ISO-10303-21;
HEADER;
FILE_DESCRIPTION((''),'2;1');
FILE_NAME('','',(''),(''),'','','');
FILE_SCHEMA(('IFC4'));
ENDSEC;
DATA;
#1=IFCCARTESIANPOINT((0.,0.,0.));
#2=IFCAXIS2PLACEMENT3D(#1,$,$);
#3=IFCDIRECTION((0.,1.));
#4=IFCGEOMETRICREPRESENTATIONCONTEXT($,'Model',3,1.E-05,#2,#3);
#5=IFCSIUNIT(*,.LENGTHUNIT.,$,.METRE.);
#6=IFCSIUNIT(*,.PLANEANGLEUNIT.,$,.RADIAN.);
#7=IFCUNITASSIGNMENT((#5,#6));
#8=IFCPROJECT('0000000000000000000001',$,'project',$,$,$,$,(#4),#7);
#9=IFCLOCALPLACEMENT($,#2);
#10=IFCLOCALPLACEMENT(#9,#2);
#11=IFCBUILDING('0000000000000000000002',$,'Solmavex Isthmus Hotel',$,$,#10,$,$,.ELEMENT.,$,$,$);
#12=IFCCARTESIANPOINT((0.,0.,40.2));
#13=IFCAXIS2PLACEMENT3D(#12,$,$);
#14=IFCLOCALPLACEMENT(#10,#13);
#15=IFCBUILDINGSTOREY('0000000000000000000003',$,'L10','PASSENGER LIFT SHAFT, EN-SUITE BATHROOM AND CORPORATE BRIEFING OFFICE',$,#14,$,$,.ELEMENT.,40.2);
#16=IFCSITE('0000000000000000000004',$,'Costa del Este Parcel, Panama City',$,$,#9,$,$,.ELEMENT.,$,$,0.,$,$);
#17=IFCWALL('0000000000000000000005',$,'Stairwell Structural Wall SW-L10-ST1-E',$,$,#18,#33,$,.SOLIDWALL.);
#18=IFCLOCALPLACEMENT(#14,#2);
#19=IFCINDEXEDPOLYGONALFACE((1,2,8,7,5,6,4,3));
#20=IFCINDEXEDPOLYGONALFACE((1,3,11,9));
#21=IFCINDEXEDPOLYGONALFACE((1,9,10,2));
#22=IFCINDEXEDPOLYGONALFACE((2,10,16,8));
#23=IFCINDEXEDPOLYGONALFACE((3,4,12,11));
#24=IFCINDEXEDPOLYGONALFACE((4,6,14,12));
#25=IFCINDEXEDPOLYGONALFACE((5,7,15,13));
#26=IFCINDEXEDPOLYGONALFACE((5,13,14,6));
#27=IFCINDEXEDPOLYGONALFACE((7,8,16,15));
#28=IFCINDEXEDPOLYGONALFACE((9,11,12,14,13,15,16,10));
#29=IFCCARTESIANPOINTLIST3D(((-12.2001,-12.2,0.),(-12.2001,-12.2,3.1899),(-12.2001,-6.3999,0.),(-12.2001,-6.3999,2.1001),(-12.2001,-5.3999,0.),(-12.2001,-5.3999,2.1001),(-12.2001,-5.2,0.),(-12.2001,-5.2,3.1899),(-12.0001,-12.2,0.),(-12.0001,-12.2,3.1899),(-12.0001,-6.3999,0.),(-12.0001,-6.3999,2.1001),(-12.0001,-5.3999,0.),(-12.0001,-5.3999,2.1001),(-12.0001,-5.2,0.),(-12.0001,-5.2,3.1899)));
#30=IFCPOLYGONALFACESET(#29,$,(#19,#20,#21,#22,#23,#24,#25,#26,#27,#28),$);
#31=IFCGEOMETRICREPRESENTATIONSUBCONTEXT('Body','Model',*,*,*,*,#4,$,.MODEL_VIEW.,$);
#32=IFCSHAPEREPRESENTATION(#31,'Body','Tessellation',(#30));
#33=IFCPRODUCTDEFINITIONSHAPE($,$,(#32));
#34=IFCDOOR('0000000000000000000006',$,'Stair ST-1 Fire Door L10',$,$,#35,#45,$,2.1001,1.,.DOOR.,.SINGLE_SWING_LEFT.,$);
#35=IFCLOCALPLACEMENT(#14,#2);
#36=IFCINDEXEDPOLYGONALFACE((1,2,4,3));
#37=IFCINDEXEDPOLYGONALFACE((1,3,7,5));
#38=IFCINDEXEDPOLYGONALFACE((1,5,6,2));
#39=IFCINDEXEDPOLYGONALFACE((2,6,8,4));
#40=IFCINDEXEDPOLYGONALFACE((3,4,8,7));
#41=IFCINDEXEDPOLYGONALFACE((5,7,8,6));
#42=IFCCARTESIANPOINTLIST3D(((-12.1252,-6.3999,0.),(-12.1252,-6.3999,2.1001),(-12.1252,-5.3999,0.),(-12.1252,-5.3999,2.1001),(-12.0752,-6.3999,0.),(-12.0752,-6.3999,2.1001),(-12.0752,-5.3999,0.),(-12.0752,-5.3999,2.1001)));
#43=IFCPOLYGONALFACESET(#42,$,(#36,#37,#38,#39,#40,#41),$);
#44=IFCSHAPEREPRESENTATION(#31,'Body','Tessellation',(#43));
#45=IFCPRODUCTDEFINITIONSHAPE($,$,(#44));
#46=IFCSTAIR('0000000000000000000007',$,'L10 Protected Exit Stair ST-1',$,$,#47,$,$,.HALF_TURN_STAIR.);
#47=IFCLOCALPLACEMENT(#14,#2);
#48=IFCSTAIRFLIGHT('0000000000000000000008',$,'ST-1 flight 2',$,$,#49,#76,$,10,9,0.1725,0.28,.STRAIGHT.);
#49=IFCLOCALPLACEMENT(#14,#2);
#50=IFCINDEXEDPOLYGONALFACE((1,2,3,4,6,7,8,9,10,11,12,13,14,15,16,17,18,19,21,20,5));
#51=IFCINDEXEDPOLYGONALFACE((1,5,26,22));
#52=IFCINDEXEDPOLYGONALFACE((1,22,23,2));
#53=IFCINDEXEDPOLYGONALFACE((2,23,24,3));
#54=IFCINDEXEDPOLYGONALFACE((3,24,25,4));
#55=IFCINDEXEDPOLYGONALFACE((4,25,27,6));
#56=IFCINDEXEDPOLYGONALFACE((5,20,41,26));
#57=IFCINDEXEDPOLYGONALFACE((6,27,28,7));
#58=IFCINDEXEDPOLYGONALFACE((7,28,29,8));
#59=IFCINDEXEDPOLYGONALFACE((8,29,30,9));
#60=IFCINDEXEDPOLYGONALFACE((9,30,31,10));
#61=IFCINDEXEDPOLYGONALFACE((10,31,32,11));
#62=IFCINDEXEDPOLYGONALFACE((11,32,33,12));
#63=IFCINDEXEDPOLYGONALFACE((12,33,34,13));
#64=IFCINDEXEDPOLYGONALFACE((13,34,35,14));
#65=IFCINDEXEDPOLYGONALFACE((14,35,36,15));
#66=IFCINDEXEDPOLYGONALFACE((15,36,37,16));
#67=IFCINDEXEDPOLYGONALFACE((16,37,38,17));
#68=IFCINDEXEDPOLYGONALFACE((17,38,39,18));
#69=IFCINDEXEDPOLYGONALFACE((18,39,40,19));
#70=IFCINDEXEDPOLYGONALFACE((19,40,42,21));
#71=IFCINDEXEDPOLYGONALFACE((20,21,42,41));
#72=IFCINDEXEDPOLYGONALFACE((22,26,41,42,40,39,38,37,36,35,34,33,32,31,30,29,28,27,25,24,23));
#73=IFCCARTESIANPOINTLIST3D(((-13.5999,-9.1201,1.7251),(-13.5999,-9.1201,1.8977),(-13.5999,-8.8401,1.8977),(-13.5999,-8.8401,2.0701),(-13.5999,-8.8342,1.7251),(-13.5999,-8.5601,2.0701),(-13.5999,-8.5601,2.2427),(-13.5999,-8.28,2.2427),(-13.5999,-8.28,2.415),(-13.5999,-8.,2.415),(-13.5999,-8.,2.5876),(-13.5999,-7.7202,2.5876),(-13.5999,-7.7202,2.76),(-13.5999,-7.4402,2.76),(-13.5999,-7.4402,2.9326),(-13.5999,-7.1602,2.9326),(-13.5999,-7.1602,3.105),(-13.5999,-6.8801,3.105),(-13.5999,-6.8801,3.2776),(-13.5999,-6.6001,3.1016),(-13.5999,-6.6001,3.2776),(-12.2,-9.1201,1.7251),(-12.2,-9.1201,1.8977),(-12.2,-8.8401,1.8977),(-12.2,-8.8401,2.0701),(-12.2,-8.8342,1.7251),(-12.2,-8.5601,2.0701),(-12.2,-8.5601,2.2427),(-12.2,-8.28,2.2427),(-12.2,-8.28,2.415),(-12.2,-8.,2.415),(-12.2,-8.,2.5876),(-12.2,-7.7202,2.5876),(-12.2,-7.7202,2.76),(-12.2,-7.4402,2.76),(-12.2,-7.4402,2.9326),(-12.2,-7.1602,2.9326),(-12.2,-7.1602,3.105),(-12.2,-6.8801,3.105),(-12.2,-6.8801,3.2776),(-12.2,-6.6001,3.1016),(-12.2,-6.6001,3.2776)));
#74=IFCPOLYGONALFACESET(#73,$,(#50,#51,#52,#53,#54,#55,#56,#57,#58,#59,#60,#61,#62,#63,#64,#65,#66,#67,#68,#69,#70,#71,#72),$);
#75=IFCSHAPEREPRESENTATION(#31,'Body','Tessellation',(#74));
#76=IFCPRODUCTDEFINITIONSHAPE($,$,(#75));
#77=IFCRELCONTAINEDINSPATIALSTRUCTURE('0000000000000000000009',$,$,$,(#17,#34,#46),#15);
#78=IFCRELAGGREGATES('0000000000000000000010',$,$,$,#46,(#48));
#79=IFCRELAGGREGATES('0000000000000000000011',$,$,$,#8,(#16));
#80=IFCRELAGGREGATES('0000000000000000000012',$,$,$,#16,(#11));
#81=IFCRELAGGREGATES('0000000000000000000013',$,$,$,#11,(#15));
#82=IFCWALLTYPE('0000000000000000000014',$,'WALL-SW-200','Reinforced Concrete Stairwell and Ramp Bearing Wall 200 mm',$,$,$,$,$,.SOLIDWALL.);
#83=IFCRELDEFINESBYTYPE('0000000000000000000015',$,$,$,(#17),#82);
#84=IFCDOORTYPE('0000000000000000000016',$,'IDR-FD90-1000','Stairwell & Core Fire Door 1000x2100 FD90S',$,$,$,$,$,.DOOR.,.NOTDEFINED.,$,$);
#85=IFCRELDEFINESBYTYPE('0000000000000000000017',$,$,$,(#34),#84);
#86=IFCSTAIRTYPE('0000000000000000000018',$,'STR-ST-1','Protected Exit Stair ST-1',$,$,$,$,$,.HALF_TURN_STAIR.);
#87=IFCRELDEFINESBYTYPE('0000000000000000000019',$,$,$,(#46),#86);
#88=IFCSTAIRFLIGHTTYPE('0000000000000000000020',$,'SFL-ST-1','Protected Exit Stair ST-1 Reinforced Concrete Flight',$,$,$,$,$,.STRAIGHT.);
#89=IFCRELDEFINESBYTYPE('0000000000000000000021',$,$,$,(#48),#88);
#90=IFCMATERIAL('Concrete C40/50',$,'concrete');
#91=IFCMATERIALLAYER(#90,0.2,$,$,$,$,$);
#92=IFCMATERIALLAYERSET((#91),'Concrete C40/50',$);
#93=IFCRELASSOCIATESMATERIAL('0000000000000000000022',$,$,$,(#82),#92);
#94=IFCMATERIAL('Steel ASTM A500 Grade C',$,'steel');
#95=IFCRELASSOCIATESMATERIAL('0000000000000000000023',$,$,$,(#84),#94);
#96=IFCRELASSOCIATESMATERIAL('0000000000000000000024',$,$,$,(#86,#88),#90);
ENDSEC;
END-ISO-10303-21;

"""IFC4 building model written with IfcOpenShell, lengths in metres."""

from ifc_helpers import new_model, si_unit, direction, frame, frame_2d, origin, place, context, subcontext, project, spatial, polyline, rectangle, outline, extrude, material, layer, layer_set, type_object, element, fill, aggregate, save


model = new_model("IFC4")

# Units and contexts
model_context = context("Model", 3, precision=1e-05, world=origin(), true_north=direction((0.0, 1.0)))
body_context = subcontext(model_context, "Body", "Model", "MODEL_VIEW")
ifc_project = project(units=[si_unit("LENGTHUNIT", "METRE"), si_unit("PLANEANGLEUNIT", "RADIAN")], contexts=[model_context])

# Site, building, storey
site_placement = place(None, origin())
site = spatial("IfcSite", under=ifc_project, at=site_placement, Name="Costa del Este Parcel, Panama City", CompositionType="ELEMENT", RefElevation=0.0)
building_placement = place(site_placement, origin())
building = spatial("IfcBuilding", under=site, at=building_placement, Name="Solmavex Isthmus Hotel", CompositionType="ELEMENT")
storey_placement = place(building_placement, frame((0.0, 0.0, 40.2)))
storey = spatial("IfcBuildingStorey", under=building, at=storey_placement, Name="L10", Description="PASSENGER LIFT SHAFT, EN-SUITE BATHROOM AND CORPORATE BRIEFING OFFICE", CompositionType="ELEMENT", Elevation=40.2)

# Shared definitions
ifc_material_1 = material(Name="Concrete C40/50", Category="concrete")
ifc_material_2 = material(Name="Steel ASTM A500 Grade C", Category="steel")

# Wall, opening, door
ifc_layer_1 = layer(ifc_material_1, 0.2)
ifc_layer_set_1 = layer_set([ifc_layer_1], Name="Concrete C40/50")
wall_type_1 = type_object("IfcWallType", Name="WALL-SW-200", Description="Reinforced Concrete Stairwell and Ramp Bearing Wall 200 mm", PredefinedType="SOLIDWALL", material=ifc_layer_set_1)
wall_1_placement = place(storey_placement, frame((-12.1001, -12.2, 0.0), z_axis=(0.0, 0.0, 1.0), x_axis=(0.0, 1.0, 0.0)))
wall_1 = element("IfcWall", 1, at=wall_1_placement, inside=storey, type_object=wall_type_1, Name="Stairwell Structural Wall SW-L10-ST1-E", PredefinedType="SOLIDWALL", context=body_context, shape_type="SweptSolid", body=[
    extrude(rectangle(XDim=7.0, YDim=0.2, at=frame_2d((3.5, 0.0))), origin(), (0.0, 0.0, 1.0), 3.1899),
])
opening_1_placement = place(wall_1_placement, frame((5.8, 0.0, 0.0)))
opening_1 = element("IfcOpeningElement", 2, at=opening_1_placement, cuts=wall_1, PredefinedType="OPENING", context=body_context, shape_type="SweptSolid", body=[
    extrude(rectangle(XDim=1.0, YDim=2.1001, at=frame_2d((0.5, 1.05))), frame((0.0, 0.1099, 0.0), z_axis=(0.0, -1.0, 0.0), x_axis=(1.0, 0.0, 0.0)), (0.0, 0.0, 1.0), 0.22),
])
door_type_1 = type_object("IfcDoorType", Name="IDR-FD90-1000", Description="Stairwell & Core Fire Door 1000x2100 FD90S", OperationType="NOTDEFINED", PredefinedType="DOOR", material=ifc_material_2)
door_1_placement = place(opening_1_placement, frame((1.0, 0.0, 0.0), z_axis=(0.0, 0.0, 1.0), x_axis=(-1.0, 0.0, 0.0)))
door_1 = element("IfcDoor", 3, at=door_1_placement, inside=storey, type_object=door_type_1, Name="Stair ST-1 Fire Door L10", OperationType="SINGLE_SWING_LEFT", OverallHeight=2.1001, OverallWidth=1.0, PredefinedType="DOOR", context=body_context, shape_type="SweptSolid", body=[
    extrude(rectangle(XDim=1.0, YDim=2.1001, at=frame_2d((0.5, 1.05))), frame((0.0, 0.0249, 0.0), z_axis=(0.0, -1.0, 0.0), x_axis=(1.0, 0.0, 0.0)), (0.0, 0.0, 1.0), 0.05),
])
fill(opening_1, door_1)

# Stair, stair flight
stair_type = type_object("IfcStairType", Name="STR-ST-1", Description="Protected Exit Stair ST-1", PredefinedType="HALF_TURN_STAIR", material=ifc_material_1)
stair_placement = place(storey_placement, origin())
stair = element("IfcStair", 4, at=stair_placement, inside=storey, type_object=stair_type, Name="L10 Protected Exit Stair ST-1", PredefinedType="HALF_TURN_STAIR")
stair_flight_type = type_object("IfcStairFlightType", Name="SFL-ST-1", Description="Protected Exit Stair ST-1 Reinforced Concrete Flight", PredefinedType="STRAIGHT", material=ifc_material_1)
stair_flight_placement = place(storey_placement, frame((-12.8999, -9.1201, 1.7251), z_axis=(0.0, 0.0, 1.0), x_axis=(0.0, 1.0, 0.0)))
stair_flight = element("IfcStairFlight", 5, at=stair_flight_placement, type_object=stair_flight_type, Name="ST-1 flight 2", NumberOfRisers=10, NumberOfTreads=9, PredefinedType="STRAIGHT", RiserHeight=0.1725, TreadLength=0.28, context=body_context, shape_type="SweptSolid", body=[
    extrude(outline(polyline([(0.0, 0.0), (0.0, 0.1726), (0.28, 0.1726), (0.28, 0.345), (0.5601, 0.345), (0.5601, 0.5176), (0.8401, 0.5176), (0.8401, 0.6899), (1.1201, 0.6899), (1.1201, 0.8625), (1.3999, 0.8625), (1.3999, 1.0349), (1.6799, 1.0349), (1.6799, 1.2075), (1.96, 1.2075), (1.96, 1.3799), (2.24, 1.3799), (2.24, 1.5525), (2.52, 1.5525), (2.52, 1.7251), (2.52, 1.3765), (0.2859, 0.0), (0.0, 0.0)])), frame((0.0, 0.7, 0.0), z_axis=(0.0, -1.0, 0.0), x_axis=(1.0, 0.0, 0.0)), (0.0, 0.0, 1.0), 1.3999),
])
aggregate(stair, [stair_flight])

save(model, "model.ifc")
